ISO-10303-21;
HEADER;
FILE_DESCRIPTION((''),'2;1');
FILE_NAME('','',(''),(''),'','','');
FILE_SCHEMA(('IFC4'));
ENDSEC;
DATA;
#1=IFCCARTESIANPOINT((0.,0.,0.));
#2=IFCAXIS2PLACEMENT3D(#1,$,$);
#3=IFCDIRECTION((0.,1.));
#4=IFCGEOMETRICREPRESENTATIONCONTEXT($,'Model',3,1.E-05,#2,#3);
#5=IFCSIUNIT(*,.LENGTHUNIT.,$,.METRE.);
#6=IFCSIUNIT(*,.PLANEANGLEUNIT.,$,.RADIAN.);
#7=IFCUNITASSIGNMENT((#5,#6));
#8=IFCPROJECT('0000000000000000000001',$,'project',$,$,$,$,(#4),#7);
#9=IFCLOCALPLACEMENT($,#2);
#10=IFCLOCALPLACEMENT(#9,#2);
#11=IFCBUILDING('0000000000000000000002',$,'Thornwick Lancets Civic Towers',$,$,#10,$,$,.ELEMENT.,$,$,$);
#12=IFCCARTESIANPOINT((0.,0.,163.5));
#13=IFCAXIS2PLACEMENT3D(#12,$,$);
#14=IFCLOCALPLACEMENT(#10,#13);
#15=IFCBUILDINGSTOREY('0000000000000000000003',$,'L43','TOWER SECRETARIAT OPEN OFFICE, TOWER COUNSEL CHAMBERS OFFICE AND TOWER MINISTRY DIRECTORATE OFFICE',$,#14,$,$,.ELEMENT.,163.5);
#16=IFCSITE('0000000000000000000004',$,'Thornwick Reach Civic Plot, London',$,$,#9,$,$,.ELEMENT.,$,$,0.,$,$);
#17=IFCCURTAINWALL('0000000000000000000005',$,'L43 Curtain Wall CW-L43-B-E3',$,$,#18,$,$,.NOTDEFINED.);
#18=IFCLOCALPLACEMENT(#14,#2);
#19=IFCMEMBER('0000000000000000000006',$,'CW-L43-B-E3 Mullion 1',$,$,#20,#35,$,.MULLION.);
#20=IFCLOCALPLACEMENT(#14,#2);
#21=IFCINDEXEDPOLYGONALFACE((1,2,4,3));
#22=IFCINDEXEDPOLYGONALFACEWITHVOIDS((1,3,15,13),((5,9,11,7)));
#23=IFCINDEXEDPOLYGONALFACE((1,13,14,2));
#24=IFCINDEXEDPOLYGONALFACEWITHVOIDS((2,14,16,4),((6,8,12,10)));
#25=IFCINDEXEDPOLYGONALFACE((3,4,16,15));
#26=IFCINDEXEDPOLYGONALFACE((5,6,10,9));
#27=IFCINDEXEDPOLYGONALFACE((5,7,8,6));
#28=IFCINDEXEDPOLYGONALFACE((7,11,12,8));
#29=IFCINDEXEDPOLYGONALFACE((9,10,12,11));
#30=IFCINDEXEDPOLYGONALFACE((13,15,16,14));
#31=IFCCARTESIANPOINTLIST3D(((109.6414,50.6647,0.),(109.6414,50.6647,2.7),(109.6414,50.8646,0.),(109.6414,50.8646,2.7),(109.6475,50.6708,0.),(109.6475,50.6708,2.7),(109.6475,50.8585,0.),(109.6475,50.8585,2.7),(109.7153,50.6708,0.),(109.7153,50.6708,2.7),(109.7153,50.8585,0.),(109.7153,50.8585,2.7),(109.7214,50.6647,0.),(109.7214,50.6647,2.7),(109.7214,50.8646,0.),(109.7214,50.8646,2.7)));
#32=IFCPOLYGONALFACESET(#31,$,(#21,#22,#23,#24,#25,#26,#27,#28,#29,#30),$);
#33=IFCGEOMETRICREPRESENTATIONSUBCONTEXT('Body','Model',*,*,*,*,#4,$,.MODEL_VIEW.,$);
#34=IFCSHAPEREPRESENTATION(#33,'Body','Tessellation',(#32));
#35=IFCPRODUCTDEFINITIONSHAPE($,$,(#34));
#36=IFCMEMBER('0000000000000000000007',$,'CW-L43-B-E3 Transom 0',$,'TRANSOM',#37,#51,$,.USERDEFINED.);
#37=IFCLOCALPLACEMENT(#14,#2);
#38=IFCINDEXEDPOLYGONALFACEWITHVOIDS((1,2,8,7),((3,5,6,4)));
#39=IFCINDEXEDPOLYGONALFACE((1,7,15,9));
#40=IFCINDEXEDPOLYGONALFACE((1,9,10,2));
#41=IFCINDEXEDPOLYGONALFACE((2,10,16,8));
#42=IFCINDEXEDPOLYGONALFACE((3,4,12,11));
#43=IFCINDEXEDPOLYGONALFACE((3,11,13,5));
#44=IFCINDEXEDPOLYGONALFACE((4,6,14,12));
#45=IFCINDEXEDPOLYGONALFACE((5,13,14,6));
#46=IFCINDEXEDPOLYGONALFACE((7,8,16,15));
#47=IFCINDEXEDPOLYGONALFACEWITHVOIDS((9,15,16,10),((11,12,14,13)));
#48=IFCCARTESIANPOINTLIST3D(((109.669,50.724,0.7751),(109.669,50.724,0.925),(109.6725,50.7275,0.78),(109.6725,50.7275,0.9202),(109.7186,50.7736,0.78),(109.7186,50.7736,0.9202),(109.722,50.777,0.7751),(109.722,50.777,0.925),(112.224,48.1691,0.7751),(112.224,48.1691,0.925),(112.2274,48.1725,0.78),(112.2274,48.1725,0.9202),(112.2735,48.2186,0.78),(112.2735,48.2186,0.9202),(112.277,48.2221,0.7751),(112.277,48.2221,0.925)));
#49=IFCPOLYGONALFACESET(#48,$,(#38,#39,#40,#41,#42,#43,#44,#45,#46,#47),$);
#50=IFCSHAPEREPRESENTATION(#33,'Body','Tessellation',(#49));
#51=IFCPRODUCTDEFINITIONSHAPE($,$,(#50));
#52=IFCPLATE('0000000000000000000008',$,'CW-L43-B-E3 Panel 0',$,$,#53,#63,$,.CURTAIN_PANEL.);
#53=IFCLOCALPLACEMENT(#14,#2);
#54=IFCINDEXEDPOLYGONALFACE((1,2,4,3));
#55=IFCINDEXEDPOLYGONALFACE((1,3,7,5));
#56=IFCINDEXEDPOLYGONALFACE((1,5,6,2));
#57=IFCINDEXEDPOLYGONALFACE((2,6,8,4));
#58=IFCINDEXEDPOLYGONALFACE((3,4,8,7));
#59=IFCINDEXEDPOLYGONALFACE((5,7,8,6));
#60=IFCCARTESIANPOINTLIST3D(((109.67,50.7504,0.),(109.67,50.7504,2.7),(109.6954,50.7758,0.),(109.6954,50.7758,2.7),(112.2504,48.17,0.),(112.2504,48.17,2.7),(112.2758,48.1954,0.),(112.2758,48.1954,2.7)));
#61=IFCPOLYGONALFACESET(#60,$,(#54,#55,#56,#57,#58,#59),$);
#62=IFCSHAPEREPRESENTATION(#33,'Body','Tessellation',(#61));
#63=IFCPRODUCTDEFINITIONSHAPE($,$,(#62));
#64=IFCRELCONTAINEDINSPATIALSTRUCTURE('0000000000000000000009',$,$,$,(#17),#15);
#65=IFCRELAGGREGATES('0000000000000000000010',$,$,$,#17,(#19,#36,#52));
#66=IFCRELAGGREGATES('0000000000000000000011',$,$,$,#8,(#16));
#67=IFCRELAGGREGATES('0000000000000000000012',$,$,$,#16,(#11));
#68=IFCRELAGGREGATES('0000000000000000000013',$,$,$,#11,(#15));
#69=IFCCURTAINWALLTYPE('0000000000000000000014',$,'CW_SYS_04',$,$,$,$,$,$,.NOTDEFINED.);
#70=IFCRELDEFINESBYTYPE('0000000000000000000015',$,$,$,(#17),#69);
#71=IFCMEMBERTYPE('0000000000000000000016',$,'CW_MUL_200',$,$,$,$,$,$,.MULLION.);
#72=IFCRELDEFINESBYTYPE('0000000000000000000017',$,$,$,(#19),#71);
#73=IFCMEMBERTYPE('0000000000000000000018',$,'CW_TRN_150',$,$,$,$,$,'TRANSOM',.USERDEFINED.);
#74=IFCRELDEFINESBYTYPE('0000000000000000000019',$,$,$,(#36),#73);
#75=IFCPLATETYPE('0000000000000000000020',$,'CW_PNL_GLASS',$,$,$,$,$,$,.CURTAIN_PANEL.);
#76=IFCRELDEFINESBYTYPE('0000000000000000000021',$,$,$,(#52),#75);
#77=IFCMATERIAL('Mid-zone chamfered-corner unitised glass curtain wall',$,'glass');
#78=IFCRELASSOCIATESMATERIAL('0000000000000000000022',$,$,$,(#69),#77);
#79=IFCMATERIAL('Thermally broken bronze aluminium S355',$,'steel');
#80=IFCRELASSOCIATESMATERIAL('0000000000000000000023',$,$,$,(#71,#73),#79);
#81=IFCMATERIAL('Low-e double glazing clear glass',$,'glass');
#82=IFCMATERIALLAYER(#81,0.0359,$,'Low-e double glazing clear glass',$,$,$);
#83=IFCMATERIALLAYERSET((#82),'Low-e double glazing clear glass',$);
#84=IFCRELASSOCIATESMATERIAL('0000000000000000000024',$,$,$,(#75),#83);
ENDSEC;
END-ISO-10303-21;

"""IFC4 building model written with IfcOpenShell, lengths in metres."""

from ifc_helpers import new_model, si_unit, direction, frame, origin, origin_2d, place, context, subcontext, project, spatial, rectangle, hollow_rectangle, extrude, material, layer, layer_set, material_profile, profile_set, type_object, element, aggregate, save


model = new_model("IFC4")

# Units and contexts
model_context = context("Model", 3, precision=1e-05, world=origin(), true_north=direction((0.0, 1.0)))
body_context = subcontext(model_context, "Body", "Model", "MODEL_VIEW")
ifc_project = project(units=[si_unit("LENGTHUNIT", "METRE"), si_unit("PLANEANGLEUNIT", "RADIAN")], contexts=[model_context])

# Site, building, storey
site_placement = place(None, origin())
site = spatial("IfcSite", under=ifc_project, at=site_placement, Name="Thornwick Reach Civic Plot, London", CompositionType="ELEMENT", RefElevation=0.0)
building_placement = place(site_placement, origin())
building = spatial("IfcBuilding", under=site, at=building_placement, Name="Thornwick Lancets Civic Towers", CompositionType="ELEMENT")
storey_placement = place(building_placement, frame((0.0, 0.0, 163.5)))
storey = spatial("IfcBuildingStorey", under=building, at=storey_placement, Name="L43", Description="TOWER SECRETARIAT OPEN OFFICE, TOWER COUNSEL CHAMBERS OFFICE AND TOWER MINISTRY DIRECTORATE OFFICE", CompositionType="ELEMENT", Elevation=163.5)

# Curtain wall, members, plate
ifc_material_1 = material(Name="Mid-zone chamfered-corner unitised glass curtain wall", Category="glass")
curtain_wall_type = type_object("IfcCurtainWallType", Name="CW_SYS_04", PredefinedType="NOTDEFINED", material=ifc_material_1)
curtain_wall_placement = place(storey_placement, origin())
curtain_wall = element("IfcCurtainWall", 1, at=curtain_wall_placement, inside=storey, type_object=curtain_wall_type, Name="L43 Curtain Wall CW-L43-B-E3", PredefinedType="NOTDEFINED")
ifc_material_2 = material(Name="Thermally broken bronze aluminium S355", Category="steel")
ifc_material_profile_1 = material_profile(ifc_material_2, hollow_rectangle(XDim=0.0801, YDim=0.2, WallThickness=0.0061, at=origin_2d()), Name="RHS 200x80x6")
ifc_profile_set_1 = profile_set([ifc_material_profile_1], Name="Thermally broken bronze aluminium S355")
member_type_1 = type_object("IfcMemberType", Name="CW_MUL_200", PredefinedType="MULLION", material=ifc_profile_set_1)
member_1_placement = place(storey_placement, frame((109.6814, 50.7646, 0.0), z_axis=(0.0, 0.0, 1.0), x_axis=(1.0, 0.0, 0.0)))
member_1 = element("IfcMember", 2, at=member_1_placement, type_object=member_type_1, Name="CW-L43-B-E3 Mullion 1", PredefinedType="MULLION", context=body_context, shape_type="SweptSolid", body=[
    extrude(hollow_rectangle(XDim=0.0801, YDim=0.2, WallThickness=0.0061, at=origin_2d()), origin(), (0.0, 0.0, 1.0), 2.7),
])
ifc_material_profile_2 = material_profile(ifc_material_2, hollow_rectangle(XDim=0.075, YDim=0.1499, WallThickness=0.0049, at=origin_2d()), Name="RHS 150x75x5")
ifc_profile_set_2 = profile_set([ifc_material_profile_2], Name="Thermally broken bronze aluminium S355")
member_type_2 = type_object("IfcMemberType", Name="CW_TRN_150", ElementType="TRANSOM", PredefinedType="USERDEFINED", material=ifc_profile_set_2)
member_2_placement = place(storey_placement, frame((112.2505, 48.1956, 0.8501), z_axis=(-0.707107, 0.707107, 0.0), x_axis=(-0.707107, -0.707107, 0.0)))
member_2 = element("IfcMember", 3, at=member_2_placement, type_object=member_type_2, Name="CW-L43-B-E3 Transom 0", ObjectType="TRANSOM", PredefinedType="USERDEFINED", context=body_context, shape_type="SweptSolid", body=[
    extrude(hollow_rectangle(XDim=0.075, YDim=0.1499, WallThickness=0.0049, at=origin_2d()), origin(), (0.0, 0.0, 1.0), 3.6133),
])
ifc_material_3 = material(Name="Low-e double glazing clear glass", Category="glass")
ifc_layer_1 = layer(ifc_material_3, 0.0359, Name="Low-e double glazing clear glass")
ifc_layer_set_1 = layer_set([ifc_layer_1], Name="Low-e double glazing clear glass")
plate_type = type_object("IfcPlateType", Name="CW_PNL_GLASS", PredefinedType="CURTAIN_PANEL", material=ifc_layer_set_1)
plate_placement = place(storey_placement, frame((110.9729, 49.4729, 0.0), z_axis=(0.0, 0.0, 1.0), x_axis=(-0.707107, 0.707107, 0.0)))
plate = element("IfcPlate", 4, at=plate_placement, type_object=plate_type, Name="CW-L43-B-E3 Panel 0", PredefinedType="CURTAIN_PANEL", context=body_context, shape_type="SweptSolid", body=[
    extrude(rectangle(XDim=3.6492, YDim=0.0359, at=origin_2d()), origin(), (0.0, 0.0, 1.0), 2.7),
])
aggregate(curtain_wall, [member_1, member_2, plate])

save(model, "model.ifc")
